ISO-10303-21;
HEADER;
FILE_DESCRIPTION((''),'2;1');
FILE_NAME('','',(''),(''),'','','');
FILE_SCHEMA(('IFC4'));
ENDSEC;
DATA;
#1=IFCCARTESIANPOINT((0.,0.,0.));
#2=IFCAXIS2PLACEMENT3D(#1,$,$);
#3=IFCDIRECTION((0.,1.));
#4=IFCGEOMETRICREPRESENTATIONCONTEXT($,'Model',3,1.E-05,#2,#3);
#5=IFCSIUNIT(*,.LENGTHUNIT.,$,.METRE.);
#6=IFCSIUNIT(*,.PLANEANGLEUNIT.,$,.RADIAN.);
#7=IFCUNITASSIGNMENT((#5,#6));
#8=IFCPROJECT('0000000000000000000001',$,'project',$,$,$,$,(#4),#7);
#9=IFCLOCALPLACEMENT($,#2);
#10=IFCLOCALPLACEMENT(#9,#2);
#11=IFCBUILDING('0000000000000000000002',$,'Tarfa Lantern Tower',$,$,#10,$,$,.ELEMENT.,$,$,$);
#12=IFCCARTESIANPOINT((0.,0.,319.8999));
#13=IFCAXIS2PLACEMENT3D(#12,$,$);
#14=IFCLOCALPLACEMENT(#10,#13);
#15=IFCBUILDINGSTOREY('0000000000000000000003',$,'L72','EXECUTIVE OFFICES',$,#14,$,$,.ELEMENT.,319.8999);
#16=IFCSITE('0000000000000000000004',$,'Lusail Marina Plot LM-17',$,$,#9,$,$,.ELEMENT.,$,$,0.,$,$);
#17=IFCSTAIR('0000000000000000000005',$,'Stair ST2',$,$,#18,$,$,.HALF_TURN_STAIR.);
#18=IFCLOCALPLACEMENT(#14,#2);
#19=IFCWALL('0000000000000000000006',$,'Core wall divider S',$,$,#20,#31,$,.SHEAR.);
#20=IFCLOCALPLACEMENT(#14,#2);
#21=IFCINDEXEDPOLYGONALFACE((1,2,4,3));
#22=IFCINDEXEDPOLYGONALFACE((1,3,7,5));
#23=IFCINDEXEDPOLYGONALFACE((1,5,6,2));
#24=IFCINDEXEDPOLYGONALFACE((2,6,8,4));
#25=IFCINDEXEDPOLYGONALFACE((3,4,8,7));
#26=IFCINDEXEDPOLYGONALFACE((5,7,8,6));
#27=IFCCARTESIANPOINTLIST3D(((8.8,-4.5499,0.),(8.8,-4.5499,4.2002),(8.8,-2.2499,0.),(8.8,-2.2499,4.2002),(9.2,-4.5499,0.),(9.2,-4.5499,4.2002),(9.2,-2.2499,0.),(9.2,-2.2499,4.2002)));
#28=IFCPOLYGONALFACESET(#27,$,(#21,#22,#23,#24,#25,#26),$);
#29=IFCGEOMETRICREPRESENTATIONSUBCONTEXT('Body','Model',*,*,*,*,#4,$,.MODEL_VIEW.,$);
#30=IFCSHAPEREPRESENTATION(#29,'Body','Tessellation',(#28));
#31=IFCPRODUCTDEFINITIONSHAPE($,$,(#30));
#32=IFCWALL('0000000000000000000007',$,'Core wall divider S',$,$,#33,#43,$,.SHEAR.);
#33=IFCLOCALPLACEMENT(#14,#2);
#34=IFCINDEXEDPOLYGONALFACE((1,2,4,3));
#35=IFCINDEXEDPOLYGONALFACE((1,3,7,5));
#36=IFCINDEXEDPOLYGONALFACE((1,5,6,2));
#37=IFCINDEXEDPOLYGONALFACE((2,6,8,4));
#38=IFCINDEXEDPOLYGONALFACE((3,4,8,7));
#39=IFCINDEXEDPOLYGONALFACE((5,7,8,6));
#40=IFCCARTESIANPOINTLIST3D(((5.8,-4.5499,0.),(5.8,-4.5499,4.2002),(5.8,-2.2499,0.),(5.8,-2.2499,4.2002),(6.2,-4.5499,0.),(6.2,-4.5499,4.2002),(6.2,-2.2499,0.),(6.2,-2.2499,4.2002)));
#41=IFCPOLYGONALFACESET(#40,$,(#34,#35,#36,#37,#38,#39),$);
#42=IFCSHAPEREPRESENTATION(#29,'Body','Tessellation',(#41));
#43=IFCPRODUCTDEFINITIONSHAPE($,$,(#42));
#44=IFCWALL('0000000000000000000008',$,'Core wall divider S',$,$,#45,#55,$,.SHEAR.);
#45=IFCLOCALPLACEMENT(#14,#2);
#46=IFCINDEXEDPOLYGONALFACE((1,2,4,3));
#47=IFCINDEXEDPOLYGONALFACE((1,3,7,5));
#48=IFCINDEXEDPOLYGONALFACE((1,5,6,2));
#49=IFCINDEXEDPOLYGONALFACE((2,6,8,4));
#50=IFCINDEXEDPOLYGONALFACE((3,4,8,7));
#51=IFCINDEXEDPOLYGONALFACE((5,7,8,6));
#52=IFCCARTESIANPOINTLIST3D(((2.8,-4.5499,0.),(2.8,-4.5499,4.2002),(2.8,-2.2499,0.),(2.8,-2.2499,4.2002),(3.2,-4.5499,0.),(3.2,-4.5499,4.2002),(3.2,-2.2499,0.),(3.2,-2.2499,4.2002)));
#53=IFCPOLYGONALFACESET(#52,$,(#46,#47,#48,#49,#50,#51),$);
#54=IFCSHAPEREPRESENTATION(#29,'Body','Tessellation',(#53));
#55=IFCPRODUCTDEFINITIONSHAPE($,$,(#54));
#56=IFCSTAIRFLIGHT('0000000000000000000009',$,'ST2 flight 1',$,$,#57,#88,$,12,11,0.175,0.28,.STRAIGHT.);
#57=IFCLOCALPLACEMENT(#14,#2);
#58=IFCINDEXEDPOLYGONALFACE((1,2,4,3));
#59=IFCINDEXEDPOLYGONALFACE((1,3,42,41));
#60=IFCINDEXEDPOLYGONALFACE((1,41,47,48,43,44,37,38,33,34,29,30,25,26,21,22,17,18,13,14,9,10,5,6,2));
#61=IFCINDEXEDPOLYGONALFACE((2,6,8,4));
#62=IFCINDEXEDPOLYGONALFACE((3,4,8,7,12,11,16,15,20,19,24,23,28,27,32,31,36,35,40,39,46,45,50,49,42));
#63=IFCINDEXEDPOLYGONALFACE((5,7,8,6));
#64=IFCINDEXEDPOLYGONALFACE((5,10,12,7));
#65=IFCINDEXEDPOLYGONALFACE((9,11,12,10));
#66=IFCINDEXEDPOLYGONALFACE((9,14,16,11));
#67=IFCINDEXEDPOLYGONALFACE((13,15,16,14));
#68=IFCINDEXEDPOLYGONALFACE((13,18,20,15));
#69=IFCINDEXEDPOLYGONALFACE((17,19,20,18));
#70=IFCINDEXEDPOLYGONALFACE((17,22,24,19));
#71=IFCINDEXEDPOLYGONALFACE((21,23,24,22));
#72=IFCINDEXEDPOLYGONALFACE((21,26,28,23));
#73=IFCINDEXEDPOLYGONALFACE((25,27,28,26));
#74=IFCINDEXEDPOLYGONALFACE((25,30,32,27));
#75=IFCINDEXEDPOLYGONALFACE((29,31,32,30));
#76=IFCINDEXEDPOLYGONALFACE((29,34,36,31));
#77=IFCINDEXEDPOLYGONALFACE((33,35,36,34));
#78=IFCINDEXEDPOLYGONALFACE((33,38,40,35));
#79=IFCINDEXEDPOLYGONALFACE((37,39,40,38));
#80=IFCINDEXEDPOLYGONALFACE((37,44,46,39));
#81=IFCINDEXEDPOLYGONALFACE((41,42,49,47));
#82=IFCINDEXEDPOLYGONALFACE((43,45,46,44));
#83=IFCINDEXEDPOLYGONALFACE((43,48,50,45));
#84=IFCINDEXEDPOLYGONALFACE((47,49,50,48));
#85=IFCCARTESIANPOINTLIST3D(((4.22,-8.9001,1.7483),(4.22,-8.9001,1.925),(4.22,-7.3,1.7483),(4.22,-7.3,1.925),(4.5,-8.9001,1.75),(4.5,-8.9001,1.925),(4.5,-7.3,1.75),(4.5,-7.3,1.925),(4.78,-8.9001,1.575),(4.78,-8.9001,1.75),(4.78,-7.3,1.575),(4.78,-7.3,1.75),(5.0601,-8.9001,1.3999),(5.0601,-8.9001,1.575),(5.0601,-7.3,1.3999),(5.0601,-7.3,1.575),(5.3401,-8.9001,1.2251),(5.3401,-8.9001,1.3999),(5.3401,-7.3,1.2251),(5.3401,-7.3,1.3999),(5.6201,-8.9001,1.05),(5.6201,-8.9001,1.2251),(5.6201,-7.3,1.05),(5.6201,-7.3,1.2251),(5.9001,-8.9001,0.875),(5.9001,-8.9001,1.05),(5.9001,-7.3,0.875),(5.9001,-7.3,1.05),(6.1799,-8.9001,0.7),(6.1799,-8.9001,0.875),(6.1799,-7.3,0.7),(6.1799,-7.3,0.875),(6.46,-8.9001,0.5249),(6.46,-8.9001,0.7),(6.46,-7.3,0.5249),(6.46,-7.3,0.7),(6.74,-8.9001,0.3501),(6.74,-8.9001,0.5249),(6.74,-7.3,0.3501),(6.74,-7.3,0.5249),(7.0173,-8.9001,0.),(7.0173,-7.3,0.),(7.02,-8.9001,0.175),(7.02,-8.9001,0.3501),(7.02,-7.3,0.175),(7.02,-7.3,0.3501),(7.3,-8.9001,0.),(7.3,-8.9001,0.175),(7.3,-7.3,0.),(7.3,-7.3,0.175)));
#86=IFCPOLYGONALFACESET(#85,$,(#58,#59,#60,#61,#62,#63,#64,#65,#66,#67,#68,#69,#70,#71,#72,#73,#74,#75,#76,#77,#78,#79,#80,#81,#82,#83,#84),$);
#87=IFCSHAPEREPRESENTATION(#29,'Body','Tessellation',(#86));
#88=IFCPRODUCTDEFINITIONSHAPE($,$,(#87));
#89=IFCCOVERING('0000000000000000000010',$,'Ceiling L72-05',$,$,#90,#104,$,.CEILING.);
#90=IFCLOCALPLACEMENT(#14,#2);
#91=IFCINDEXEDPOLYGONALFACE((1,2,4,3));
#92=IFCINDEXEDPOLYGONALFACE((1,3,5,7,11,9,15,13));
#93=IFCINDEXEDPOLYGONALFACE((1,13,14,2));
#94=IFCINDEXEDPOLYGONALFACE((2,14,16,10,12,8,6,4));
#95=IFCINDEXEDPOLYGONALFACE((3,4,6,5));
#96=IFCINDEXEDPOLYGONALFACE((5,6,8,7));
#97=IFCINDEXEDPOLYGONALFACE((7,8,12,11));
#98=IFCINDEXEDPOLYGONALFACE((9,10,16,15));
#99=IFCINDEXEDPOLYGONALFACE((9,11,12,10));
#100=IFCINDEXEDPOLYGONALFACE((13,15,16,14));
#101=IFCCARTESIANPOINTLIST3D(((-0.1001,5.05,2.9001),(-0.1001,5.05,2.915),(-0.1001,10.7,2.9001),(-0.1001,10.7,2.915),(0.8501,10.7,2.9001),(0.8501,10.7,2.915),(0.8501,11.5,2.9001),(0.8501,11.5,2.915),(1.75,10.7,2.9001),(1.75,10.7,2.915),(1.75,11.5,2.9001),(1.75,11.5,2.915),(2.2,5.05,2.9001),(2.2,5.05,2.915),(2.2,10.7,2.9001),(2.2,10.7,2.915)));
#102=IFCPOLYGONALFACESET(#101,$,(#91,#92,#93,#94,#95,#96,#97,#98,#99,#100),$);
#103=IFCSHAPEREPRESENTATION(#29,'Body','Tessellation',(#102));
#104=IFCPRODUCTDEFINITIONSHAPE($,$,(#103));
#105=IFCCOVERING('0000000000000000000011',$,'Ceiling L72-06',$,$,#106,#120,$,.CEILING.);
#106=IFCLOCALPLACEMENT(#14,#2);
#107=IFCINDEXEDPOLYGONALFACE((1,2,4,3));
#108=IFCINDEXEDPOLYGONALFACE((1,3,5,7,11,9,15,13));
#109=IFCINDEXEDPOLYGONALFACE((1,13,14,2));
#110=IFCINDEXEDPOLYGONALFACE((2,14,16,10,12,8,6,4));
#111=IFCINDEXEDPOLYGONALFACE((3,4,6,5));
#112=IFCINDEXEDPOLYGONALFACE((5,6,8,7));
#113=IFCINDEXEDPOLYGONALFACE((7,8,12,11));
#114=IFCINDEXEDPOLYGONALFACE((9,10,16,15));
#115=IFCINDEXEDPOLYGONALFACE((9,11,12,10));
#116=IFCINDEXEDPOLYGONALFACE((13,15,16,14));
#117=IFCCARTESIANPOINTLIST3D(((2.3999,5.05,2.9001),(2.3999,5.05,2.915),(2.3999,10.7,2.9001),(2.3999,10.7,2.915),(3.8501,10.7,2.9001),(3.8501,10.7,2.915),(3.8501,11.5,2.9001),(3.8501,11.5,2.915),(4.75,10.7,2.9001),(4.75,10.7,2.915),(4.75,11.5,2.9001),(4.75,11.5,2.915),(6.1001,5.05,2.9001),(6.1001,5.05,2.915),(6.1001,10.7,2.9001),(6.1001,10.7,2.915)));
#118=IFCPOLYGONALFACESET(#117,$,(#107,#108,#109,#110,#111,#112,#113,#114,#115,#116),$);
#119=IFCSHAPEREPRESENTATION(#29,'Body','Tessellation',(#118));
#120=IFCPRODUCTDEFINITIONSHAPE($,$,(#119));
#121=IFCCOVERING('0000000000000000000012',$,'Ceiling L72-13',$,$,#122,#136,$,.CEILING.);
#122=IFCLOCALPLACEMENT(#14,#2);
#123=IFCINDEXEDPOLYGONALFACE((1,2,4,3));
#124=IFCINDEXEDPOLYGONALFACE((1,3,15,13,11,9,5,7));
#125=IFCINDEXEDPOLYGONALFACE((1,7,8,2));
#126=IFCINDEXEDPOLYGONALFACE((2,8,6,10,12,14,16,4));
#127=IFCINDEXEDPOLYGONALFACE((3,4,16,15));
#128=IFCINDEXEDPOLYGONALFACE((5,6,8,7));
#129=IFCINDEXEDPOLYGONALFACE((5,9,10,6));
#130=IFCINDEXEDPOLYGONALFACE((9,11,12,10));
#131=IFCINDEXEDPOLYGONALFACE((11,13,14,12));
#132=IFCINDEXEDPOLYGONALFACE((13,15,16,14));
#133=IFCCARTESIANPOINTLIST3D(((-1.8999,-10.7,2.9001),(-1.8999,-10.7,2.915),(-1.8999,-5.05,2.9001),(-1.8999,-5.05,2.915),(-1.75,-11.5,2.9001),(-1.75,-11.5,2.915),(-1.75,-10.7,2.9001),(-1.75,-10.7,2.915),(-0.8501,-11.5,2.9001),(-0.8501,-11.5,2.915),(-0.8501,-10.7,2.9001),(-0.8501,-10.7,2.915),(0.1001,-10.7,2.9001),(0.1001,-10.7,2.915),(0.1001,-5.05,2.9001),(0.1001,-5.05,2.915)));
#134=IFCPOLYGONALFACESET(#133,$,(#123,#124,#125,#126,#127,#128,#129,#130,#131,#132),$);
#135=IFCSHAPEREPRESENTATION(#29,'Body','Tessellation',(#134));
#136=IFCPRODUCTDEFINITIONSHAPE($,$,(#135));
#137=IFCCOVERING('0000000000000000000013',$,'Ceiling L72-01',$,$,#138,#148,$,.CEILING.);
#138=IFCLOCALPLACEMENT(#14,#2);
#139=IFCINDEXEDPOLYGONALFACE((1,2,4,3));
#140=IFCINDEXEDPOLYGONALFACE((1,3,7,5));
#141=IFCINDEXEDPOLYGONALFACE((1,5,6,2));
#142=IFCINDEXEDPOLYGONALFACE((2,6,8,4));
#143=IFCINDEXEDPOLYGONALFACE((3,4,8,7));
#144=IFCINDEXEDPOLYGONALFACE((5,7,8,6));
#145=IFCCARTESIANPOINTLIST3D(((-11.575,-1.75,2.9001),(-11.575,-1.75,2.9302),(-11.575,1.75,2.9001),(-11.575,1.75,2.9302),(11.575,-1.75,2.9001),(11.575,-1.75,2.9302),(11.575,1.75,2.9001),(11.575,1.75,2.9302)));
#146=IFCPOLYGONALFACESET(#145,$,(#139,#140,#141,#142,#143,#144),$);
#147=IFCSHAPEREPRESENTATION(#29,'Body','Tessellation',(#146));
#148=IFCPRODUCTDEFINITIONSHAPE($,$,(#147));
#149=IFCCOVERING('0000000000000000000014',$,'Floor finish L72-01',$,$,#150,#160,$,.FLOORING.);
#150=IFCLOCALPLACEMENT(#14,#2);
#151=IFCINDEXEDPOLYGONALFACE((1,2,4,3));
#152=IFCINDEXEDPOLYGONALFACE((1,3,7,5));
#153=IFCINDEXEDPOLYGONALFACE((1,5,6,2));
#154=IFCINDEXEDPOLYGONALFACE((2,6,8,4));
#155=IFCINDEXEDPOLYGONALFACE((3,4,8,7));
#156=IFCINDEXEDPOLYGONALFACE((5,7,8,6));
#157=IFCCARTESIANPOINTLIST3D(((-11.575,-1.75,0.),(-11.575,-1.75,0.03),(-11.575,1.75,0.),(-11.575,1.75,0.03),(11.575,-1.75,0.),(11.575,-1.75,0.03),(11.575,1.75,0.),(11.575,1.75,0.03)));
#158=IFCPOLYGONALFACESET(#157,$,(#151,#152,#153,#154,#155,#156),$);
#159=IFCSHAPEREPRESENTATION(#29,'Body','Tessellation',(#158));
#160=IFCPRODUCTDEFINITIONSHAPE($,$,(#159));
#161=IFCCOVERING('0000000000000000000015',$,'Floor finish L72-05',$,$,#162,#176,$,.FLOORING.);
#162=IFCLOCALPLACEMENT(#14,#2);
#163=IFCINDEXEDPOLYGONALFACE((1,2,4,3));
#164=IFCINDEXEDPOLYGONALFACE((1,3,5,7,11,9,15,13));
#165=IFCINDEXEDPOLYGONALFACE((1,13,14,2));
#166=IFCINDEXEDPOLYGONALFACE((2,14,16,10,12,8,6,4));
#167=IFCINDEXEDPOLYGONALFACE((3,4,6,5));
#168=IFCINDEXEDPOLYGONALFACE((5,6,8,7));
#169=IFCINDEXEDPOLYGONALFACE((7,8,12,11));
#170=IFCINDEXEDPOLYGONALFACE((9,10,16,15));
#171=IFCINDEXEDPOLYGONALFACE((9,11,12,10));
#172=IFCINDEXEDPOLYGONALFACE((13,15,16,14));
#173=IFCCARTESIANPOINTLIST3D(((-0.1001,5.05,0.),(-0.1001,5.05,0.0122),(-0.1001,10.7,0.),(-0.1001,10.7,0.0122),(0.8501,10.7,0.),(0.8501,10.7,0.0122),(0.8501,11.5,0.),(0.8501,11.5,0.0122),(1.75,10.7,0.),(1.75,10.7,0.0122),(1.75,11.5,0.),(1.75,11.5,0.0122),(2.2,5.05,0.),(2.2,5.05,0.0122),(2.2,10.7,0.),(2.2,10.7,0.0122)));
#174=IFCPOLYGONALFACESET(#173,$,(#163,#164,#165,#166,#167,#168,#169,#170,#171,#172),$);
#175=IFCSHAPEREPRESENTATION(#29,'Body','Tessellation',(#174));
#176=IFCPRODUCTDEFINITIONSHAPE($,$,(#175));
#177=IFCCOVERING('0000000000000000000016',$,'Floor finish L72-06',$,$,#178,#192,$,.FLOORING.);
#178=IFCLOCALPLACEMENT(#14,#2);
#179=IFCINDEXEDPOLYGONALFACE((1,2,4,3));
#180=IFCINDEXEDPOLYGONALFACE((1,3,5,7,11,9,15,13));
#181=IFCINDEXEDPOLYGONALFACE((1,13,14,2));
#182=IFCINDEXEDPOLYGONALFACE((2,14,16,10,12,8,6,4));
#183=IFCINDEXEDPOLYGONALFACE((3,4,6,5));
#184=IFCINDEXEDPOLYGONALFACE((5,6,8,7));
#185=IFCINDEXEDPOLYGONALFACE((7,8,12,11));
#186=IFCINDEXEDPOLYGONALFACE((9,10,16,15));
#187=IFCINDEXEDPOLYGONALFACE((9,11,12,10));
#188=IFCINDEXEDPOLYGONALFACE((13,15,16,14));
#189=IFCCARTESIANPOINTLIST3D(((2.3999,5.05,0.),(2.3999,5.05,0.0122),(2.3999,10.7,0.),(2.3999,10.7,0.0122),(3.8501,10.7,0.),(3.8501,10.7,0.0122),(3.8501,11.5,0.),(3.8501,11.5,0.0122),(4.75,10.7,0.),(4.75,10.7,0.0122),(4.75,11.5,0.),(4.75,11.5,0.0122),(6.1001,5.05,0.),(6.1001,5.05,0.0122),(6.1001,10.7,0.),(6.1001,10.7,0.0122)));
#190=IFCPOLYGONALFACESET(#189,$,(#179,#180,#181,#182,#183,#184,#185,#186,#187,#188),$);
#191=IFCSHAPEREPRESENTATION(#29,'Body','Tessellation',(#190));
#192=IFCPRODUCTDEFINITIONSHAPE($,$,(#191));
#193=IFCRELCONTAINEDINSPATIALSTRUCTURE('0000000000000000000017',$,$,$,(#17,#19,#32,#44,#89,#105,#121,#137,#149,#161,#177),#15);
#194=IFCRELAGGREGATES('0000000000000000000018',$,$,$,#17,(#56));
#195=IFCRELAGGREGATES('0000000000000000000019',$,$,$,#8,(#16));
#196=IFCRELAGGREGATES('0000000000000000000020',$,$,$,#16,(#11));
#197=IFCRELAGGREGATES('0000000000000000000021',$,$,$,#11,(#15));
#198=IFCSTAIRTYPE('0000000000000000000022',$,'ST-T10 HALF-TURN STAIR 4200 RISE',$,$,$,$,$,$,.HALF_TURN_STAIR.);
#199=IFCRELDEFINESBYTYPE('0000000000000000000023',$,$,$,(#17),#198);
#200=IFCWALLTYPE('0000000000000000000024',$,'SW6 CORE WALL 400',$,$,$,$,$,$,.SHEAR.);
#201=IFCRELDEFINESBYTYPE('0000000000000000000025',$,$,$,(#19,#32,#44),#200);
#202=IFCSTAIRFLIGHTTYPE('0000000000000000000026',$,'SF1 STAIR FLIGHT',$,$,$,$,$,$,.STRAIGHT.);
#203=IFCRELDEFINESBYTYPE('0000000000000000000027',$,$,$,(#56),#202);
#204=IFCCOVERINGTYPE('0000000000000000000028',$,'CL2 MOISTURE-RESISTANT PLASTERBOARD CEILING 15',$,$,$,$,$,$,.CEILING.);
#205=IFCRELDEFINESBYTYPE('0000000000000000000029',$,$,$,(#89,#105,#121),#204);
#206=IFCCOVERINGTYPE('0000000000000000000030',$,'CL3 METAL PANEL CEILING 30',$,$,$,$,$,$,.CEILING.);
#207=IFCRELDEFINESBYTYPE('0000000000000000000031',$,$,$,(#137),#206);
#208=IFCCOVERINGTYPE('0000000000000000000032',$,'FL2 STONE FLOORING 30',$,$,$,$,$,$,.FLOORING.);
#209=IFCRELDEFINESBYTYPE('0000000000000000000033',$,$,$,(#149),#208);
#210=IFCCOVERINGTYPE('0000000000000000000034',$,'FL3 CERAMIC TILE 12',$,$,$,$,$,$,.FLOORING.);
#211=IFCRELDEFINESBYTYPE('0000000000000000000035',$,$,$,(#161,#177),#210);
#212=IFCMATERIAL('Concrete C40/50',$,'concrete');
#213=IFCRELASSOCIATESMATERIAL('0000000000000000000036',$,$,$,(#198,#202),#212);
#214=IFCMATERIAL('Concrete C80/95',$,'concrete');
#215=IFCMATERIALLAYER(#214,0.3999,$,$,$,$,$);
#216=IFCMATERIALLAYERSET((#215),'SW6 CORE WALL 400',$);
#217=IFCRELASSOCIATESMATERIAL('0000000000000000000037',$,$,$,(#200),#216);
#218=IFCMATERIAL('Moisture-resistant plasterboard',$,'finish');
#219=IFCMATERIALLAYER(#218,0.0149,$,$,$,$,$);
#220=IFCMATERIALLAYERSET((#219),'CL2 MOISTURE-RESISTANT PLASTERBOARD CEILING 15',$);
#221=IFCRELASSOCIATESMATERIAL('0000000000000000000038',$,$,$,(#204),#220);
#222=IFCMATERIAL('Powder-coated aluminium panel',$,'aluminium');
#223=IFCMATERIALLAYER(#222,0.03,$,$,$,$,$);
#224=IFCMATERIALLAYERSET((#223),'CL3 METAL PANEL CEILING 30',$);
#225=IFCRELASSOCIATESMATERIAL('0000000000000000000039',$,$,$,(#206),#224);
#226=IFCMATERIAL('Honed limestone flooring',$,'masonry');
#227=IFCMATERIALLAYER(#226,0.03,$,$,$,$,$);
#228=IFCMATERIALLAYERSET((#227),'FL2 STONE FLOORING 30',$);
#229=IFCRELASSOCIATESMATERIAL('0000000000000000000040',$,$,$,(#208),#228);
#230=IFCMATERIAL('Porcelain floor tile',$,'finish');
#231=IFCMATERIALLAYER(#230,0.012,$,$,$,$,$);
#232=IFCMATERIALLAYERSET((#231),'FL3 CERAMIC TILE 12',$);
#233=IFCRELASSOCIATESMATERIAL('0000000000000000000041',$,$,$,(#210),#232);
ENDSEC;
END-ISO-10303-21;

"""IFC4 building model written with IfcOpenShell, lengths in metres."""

from ifc_helpers import new_model, si_unit, direction, frame, frame_2d, origin, place, context, subcontext, project, spatial, polyline, rectangle, outline, extrude, material, layer, layer_set, type_object, element, aggregate, save


model = new_model("IFC4")

# Units and contexts
model_context = context("Model", 3, precision=1e-05, world=origin(), true_north=direction((0.0, 1.0)))
body_context = subcontext(model_context, "Body", "Model", "MODEL_VIEW")
ifc_project = project(units=[si_unit("LENGTHUNIT", "METRE"), si_unit("PLANEANGLEUNIT", "RADIAN")], contexts=[model_context])

# Site, building, storey
site_placement = place(None, origin())
site = spatial("IfcSite", under=ifc_project, at=site_placement, Name="Lusail Marina Plot LM-17", CompositionType="ELEMENT", RefElevation=0.0)
building_placement = place(site_placement, origin())
building = spatial("IfcBuilding", under=site, at=building_placement, Name="Tarfa Lantern Tower", CompositionType="ELEMENT")
storey_placement = place(building_placement, frame((0.0, 0.0, 319.8999)))
storey = spatial("IfcBuildingStorey", under=building, at=storey_placement, Name="L72", Description="EXECUTIVE OFFICES", CompositionType="ELEMENT", Elevation=319.8999)

# Stair
ifc_material_1 = material(Name="Concrete C40/50", Category="concrete")
stair_type = type_object("IfcStairType", Name="ST-T10 HALF-TURN STAIR 4200 RISE", PredefinedType="HALF_TURN_STAIR", material=ifc_material_1)
stair_placement = place(storey_placement, origin())
stair = element("IfcStair", 1, at=stair_placement, inside=storey, type_object=stair_type, Name="Stair ST2", PredefinedType="HALF_TURN_STAIR")

# Shared definitions
ifc_material_2 = material(Name="Concrete C80/95", Category="concrete")

# Walls
ifc_layer_1 = layer(ifc_material_2, 0.3999)
ifc_layer_set_1 = layer_set([ifc_layer_1], Name="SW6 CORE WALL 400")
wall_type_1 = type_object("IfcWallType", Name="SW6 CORE WALL 400", PredefinedType="SHEAR", material=ifc_layer_set_1)
for number, where, z_axis, x_axis, name in (
    (2, (9.0, -2.25, 0.0), (0.0, 0.0, 1.0), (0.0, -1.0, 0.0), "Core wall divider S"),
    (3, (6.0, -2.25, 0.0), (0.0, 0.0, 1.0), (0.0, -1.0, 0.0), "Core wall divider S"),
    (4, (3.0, -2.25, 0.0), (0.0, 0.0, 1.0), (0.0, -1.0, 0.0), "Core wall divider S"),
):
    element("IfcWall", number, at=place(storey_placement, frame(where, z_axis=z_axis, x_axis=x_axis)), inside=storey, type_object=wall_type_1, Name=name, PredefinedType="SHEAR", context=body_context, shape_type="SweptSolid", body=[
        extrude(rectangle(XDim=2.3, YDim=0.3999, at=frame_2d((1.1499, 0.0))), origin(), (0.0, 0.0, 1.0), 4.2002),
    ])

# Stair flight
stair_flight_type = type_object("IfcStairFlightType", Name="SF1 STAIR FLIGHT", PredefinedType="STRAIGHT", material=ifc_material_1)
stair_flight_placement = place(storey_placement, frame((7.3, -8.1001, 0.0), z_axis=(0.0, 0.0, 1.0), x_axis=(-1.0, 0.0, 0.0)))
stair_flight = element("IfcStairFlight", 5, at=stair_flight_placement, type_object=stair_flight_type, Name="ST2 flight 1", NumberOfRisers=12, NumberOfTreads=11, PredefinedType="STRAIGHT", RiserHeight=0.175, TreadLength=0.28, context=body_context, shape_type="SweptSolid", body=[
    extrude(outline(polyline([(0.0, 0.0), (0.0, 0.175), (0.28, 0.175), (0.28, 0.3501), (0.5601, 0.3501), (0.5601, 0.5249), (0.8401, 0.5249), (0.8401, 0.7), (1.1201, 0.7), (1.1201, 0.875), (1.3999, 0.875), (1.3999, 1.05), (1.6799, 1.05), (1.6799, 1.2251), (1.96, 1.2251), (1.96, 1.3999), (2.24, 1.3999), (2.24, 1.575), (2.52, 1.575), (2.52, 1.75), (2.8, 1.75), (2.8, 1.925), (3.0801, 1.925), (3.0801, 2.1001), (3.0801, 1.7483), (0.2827, 0.0), (0.0, 0.0)])), frame((0.0, 0.8, 0.0), z_axis=(0.0, -1.0, 0.0), x_axis=(1.0, 0.0, 0.0)), (0.0, 0.0, 1.0), 1.6001),
])
aggregate(stair, [stair_flight])

# Coverings
ifc_material_3 = material(Name="Moisture-resistant plasterboard", Category="finish")
ifc_layer_2 = layer(ifc_material_3, 0.0149)
ifc_layer_set_2 = layer_set([ifc_layer_2], Name="CL2 MOISTURE-RESISTANT PLASTERBOARD CEILING 15")
covering_type_1 = type_object("IfcCoveringType", Name="CL2 MOISTURE-RESISTANT PLASTERBOARD CEILING 15", PredefinedType="CEILING", material=ifc_layer_set_2)
covering_1_placement = place(storey_placement, frame((0.0, 0.0, 2.9001)))
element("IfcCovering", 6, at=covering_1_placement, inside=storey, type_object=covering_type_1, Name="Ceiling L72-05", PredefinedType="CEILING", context=body_context, shape_type="SweptSolid", body=[
    extrude(outline(polyline([(0.8501, 10.7), (-0.1001, 10.7), (-0.1001, 5.05), (2.2, 5.05), (2.2, 10.7), (1.75, 10.7), (1.75, 11.5), (0.8501, 11.5), (0.8501, 10.7)])), origin(), (0.0, 0.0, 1.0), 0.0149),
])
covering_2_placement = place(storey_placement, frame((0.0, 0.0, 2.9001)))
element("IfcCovering", 7, at=covering_2_placement, inside=storey, type_object=covering_type_1, Name="Ceiling L72-06", PredefinedType="CEILING", context=body_context, shape_type="SweptSolid", body=[
    extrude(outline(polyline([(2.3999, 5.05), (6.1001, 5.05), (6.1001, 10.7), (4.75, 10.7), (4.75, 11.5), (3.8501, 11.5), (3.8501, 10.7), (2.3999, 10.7), (2.3999, 5.05)])), origin(), (0.0, 0.0, 1.0), 0.0149),
])
covering_3_placement = place(storey_placement, frame((0.0, 0.0, 2.9001)))
element("IfcCovering", 8, at=covering_3_placement, inside=storey, type_object=covering_type_1, Name="Ceiling L72-13", PredefinedType="CEILING", context=body_context, shape_type="SweptSolid", body=[
    extrude(outline(polyline([(-0.8501, -10.7), (0.1001, -10.7), (0.1001, -5.05), (-1.8999, -5.05), (-1.8999, -10.7), (-1.75, -10.7), (-1.75, -11.5), (-1.75, -11.5), (-0.8501, -11.5), (-0.8501, -10.7)])), origin(), (0.0, 0.0, 1.0), 0.0149),
])
ifc_material_4 = material(Name="Powder-coated aluminium panel", Category="aluminium")
ifc_layer_3 = layer(ifc_material_4, 0.03)
ifc_layer_set_3 = layer_set([ifc_layer_3], Name="CL3 METAL PANEL CEILING 30")
covering_type_2 = type_object("IfcCoveringType", Name="CL3 METAL PANEL CEILING 30", PredefinedType="CEILING", material=ifc_layer_set_3)
covering_4_placement = place(storey_placement, frame((0.0, 0.0, 2.9001)))
element("IfcCovering", 9, at=covering_4_placement, inside=storey, type_object=covering_type_2, Name="Ceiling L72-01", PredefinedType="CEILING", context=body_context, shape_type="SweptSolid", body=[
    extrude(outline(polyline([(-11.575, -1.75), (11.575, -1.75), (11.575, 1.75), (-11.575, 1.75), (-11.575, -1.75)])), origin(), (0.0, 0.0, 1.0), 0.03),
])
ifc_material_5 = material(Name="Honed limestone flooring", Category="masonry")
ifc_layer_4 = layer(ifc_material_5, 0.03)
ifc_layer_set_4 = layer_set([ifc_layer_4], Name="FL2 STONE FLOORING 30")
covering_type_3 = type_object("IfcCoveringType", Name="FL2 STONE FLOORING 30", PredefinedType="FLOORING", material=ifc_layer_set_4)
covering_5_placement = place(storey_placement, origin())
element("IfcCovering", 10, at=covering_5_placement, inside=storey, type_object=covering_type_3, Name="Floor finish L72-01", PredefinedType="FLOORING", context=body_context, shape_type="SweptSolid", body=[
    extrude(outline(polyline([(-11.575, -1.75), (11.575, -1.75), (11.575, 1.75), (-11.575, 1.75), (-11.575, -1.75)])), origin(), (0.0, 0.0, 1.0), 0.03),
])
ifc_material_6 = material(Name="Porcelain floor tile", Category="finish")
ifc_layer_5 = layer(ifc_material_6, 0.012)
ifc_layer_set_5 = layer_set([ifc_layer_5], Name="FL3 CERAMIC TILE 12")
covering_type_4 = type_object("IfcCoveringType", Name="FL3 CERAMIC TILE 12", PredefinedType="FLOORING", material=ifc_layer_set_5)
covering_6_placement = place(storey_placement, origin())
element("IfcCovering", 11, at=covering_6_placement, inside=storey, type_object=covering_type_4, Name="Floor finish L72-05", PredefinedType="FLOORING", context=body_context, shape_type="SweptSolid", body=[
    extrude(outline(polyline([(0.8501, 10.7), (-0.1001, 10.7), (-0.1001, 5.05), (2.2, 5.05), (2.2, 10.7), (1.75, 10.7), (1.75, 11.5), (0.8501, 11.5), (0.8501, 10.7)])), origin(), (0.0, 0.0, 1.0), 0.0122),
])
covering_7_placement = place(storey_placement, origin())
element("IfcCovering", 12, at=covering_7_placement, inside=storey, type_object=covering_type_4, Name="Floor finish L72-06", PredefinedType="FLOORING", context=body_context, shape_type="SweptSolid", body=[
    extrude(outline(polyline([(2.3999, 5.05), (6.1001, 5.05), (6.1001, 10.7), (4.75, 10.7), (4.75, 11.5), (3.8501, 11.5), (3.8501, 10.7), (2.3999, 10.7), (2.3999, 5.05)])), origin(), (0.0, 0.0, 1.0), 0.0122),
])

save(model, "model.ifc")
